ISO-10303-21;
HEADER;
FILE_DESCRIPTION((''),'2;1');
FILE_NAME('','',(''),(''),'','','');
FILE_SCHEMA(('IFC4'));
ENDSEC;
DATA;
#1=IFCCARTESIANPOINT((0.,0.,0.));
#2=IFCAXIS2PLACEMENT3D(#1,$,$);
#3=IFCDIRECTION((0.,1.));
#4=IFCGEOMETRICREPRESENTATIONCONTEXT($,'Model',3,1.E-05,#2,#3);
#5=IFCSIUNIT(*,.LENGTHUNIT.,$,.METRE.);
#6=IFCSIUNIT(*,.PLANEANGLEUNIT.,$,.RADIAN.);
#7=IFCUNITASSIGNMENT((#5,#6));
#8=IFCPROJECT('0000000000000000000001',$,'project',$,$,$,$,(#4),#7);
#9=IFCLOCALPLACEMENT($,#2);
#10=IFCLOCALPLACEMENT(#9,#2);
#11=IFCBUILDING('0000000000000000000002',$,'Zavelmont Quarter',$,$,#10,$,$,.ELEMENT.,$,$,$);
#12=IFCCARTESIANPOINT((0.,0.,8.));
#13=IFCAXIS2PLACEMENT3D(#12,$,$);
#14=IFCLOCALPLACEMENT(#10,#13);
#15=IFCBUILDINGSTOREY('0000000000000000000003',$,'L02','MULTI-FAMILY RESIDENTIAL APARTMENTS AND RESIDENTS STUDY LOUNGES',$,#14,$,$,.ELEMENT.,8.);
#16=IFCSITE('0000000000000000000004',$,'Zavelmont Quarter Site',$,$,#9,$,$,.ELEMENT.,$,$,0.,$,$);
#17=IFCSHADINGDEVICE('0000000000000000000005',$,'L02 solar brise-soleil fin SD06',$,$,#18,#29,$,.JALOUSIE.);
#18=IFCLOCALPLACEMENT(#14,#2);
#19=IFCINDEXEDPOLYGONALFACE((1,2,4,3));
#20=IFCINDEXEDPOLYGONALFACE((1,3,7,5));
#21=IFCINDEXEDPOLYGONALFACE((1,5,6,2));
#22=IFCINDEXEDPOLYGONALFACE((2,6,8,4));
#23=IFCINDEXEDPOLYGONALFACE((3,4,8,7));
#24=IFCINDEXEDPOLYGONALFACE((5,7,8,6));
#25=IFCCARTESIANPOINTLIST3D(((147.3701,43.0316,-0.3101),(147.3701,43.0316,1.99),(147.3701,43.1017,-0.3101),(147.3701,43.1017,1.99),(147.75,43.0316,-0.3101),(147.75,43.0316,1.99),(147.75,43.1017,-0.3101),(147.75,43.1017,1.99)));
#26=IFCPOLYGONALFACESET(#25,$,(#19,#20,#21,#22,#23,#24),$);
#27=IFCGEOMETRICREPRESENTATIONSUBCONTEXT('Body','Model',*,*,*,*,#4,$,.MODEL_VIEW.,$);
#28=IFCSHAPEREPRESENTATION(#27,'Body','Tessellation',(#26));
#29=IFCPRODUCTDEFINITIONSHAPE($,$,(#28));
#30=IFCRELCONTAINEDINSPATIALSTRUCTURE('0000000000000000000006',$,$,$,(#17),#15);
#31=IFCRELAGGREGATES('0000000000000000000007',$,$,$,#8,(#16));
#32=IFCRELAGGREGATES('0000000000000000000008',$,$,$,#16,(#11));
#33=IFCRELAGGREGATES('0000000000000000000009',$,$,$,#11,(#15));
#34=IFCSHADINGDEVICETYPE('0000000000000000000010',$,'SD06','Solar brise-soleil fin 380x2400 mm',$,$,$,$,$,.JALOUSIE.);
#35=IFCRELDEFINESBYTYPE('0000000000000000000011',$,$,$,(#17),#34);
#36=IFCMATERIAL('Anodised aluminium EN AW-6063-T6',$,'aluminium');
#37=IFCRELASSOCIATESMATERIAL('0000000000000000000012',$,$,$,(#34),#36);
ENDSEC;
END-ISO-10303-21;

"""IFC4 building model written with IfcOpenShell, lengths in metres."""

from ifc_helpers import new_model, si_unit, direction, frame, origin, origin_2d, place, context, subcontext, project, spatial, rectangle, extrude, material, type_object, element, save


model = new_model("IFC4")

# Units and contexts
model_context = context("Model", 3, precision=1e-05, world=origin(), true_north=direction((0.0, 1.0)))
body_context = subcontext(model_context, "Body", "Model", "MODEL_VIEW")
ifc_project = project(units=[si_unit("LENGTHUNIT", "METRE"), si_unit("PLANEANGLEUNIT", "RADIAN")], contexts=[model_context])

# Site, building, storey
site_placement = place(None, origin())
site = spatial("IfcSite", under=ifc_project, at=site_placement, Name="Zavelmont Quarter Site", CompositionType="ELEMENT", RefElevation=0.0)
building_placement = place(site_placement, origin())
building = spatial("IfcBuilding", under=site, at=building_placement, Name="Zavelmont Quarter", CompositionType="ELEMENT")
storey_placement = place(building_placement, frame((0.0, 0.0, 8.0)))
storey = spatial("IfcBuildingStorey", under=building, at=storey_placement, Name="L02", Description="MULTI-FAMILY RESIDENTIAL APARTMENTS AND RESIDENTS STUDY LOUNGES", CompositionType="ELEMENT", Elevation=8.0)

# Shading device
ifc_material_1 = material(Name="Anodised aluminium EN AW-6063-T6", Category="aluminium")
shading_device_type = type_object("IfcShadingDeviceType", Name="SD06", Description="Solar brise-soleil fin 380x2400 mm", PredefinedType="JALOUSIE", material=ifc_material_1)
for number, where, z_axis, x_axis, name in (
    (1, (147.5601, 43.0667, -0.3101), (0.0, 0.0, 1.0), (0.0, 1.0, 0.0), "L02 solar brise-soleil fin SD06"),
):
    element("IfcShadingDevice", number, at=place(storey_placement, frame(where, z_axis=z_axis, x_axis=x_axis)), inside=storey, type_object=shading_device_type, Name=name, PredefinedType="JALOUSIE", context=body_context, shape_type="SweptSolid", body=[
        extrude(rectangle(XDim=0.0701, YDim=0.3799, at=origin_2d()), origin(), (0.0, 0.0, 1.0), 2.3),
    ])

save(model, "model.ifc")
